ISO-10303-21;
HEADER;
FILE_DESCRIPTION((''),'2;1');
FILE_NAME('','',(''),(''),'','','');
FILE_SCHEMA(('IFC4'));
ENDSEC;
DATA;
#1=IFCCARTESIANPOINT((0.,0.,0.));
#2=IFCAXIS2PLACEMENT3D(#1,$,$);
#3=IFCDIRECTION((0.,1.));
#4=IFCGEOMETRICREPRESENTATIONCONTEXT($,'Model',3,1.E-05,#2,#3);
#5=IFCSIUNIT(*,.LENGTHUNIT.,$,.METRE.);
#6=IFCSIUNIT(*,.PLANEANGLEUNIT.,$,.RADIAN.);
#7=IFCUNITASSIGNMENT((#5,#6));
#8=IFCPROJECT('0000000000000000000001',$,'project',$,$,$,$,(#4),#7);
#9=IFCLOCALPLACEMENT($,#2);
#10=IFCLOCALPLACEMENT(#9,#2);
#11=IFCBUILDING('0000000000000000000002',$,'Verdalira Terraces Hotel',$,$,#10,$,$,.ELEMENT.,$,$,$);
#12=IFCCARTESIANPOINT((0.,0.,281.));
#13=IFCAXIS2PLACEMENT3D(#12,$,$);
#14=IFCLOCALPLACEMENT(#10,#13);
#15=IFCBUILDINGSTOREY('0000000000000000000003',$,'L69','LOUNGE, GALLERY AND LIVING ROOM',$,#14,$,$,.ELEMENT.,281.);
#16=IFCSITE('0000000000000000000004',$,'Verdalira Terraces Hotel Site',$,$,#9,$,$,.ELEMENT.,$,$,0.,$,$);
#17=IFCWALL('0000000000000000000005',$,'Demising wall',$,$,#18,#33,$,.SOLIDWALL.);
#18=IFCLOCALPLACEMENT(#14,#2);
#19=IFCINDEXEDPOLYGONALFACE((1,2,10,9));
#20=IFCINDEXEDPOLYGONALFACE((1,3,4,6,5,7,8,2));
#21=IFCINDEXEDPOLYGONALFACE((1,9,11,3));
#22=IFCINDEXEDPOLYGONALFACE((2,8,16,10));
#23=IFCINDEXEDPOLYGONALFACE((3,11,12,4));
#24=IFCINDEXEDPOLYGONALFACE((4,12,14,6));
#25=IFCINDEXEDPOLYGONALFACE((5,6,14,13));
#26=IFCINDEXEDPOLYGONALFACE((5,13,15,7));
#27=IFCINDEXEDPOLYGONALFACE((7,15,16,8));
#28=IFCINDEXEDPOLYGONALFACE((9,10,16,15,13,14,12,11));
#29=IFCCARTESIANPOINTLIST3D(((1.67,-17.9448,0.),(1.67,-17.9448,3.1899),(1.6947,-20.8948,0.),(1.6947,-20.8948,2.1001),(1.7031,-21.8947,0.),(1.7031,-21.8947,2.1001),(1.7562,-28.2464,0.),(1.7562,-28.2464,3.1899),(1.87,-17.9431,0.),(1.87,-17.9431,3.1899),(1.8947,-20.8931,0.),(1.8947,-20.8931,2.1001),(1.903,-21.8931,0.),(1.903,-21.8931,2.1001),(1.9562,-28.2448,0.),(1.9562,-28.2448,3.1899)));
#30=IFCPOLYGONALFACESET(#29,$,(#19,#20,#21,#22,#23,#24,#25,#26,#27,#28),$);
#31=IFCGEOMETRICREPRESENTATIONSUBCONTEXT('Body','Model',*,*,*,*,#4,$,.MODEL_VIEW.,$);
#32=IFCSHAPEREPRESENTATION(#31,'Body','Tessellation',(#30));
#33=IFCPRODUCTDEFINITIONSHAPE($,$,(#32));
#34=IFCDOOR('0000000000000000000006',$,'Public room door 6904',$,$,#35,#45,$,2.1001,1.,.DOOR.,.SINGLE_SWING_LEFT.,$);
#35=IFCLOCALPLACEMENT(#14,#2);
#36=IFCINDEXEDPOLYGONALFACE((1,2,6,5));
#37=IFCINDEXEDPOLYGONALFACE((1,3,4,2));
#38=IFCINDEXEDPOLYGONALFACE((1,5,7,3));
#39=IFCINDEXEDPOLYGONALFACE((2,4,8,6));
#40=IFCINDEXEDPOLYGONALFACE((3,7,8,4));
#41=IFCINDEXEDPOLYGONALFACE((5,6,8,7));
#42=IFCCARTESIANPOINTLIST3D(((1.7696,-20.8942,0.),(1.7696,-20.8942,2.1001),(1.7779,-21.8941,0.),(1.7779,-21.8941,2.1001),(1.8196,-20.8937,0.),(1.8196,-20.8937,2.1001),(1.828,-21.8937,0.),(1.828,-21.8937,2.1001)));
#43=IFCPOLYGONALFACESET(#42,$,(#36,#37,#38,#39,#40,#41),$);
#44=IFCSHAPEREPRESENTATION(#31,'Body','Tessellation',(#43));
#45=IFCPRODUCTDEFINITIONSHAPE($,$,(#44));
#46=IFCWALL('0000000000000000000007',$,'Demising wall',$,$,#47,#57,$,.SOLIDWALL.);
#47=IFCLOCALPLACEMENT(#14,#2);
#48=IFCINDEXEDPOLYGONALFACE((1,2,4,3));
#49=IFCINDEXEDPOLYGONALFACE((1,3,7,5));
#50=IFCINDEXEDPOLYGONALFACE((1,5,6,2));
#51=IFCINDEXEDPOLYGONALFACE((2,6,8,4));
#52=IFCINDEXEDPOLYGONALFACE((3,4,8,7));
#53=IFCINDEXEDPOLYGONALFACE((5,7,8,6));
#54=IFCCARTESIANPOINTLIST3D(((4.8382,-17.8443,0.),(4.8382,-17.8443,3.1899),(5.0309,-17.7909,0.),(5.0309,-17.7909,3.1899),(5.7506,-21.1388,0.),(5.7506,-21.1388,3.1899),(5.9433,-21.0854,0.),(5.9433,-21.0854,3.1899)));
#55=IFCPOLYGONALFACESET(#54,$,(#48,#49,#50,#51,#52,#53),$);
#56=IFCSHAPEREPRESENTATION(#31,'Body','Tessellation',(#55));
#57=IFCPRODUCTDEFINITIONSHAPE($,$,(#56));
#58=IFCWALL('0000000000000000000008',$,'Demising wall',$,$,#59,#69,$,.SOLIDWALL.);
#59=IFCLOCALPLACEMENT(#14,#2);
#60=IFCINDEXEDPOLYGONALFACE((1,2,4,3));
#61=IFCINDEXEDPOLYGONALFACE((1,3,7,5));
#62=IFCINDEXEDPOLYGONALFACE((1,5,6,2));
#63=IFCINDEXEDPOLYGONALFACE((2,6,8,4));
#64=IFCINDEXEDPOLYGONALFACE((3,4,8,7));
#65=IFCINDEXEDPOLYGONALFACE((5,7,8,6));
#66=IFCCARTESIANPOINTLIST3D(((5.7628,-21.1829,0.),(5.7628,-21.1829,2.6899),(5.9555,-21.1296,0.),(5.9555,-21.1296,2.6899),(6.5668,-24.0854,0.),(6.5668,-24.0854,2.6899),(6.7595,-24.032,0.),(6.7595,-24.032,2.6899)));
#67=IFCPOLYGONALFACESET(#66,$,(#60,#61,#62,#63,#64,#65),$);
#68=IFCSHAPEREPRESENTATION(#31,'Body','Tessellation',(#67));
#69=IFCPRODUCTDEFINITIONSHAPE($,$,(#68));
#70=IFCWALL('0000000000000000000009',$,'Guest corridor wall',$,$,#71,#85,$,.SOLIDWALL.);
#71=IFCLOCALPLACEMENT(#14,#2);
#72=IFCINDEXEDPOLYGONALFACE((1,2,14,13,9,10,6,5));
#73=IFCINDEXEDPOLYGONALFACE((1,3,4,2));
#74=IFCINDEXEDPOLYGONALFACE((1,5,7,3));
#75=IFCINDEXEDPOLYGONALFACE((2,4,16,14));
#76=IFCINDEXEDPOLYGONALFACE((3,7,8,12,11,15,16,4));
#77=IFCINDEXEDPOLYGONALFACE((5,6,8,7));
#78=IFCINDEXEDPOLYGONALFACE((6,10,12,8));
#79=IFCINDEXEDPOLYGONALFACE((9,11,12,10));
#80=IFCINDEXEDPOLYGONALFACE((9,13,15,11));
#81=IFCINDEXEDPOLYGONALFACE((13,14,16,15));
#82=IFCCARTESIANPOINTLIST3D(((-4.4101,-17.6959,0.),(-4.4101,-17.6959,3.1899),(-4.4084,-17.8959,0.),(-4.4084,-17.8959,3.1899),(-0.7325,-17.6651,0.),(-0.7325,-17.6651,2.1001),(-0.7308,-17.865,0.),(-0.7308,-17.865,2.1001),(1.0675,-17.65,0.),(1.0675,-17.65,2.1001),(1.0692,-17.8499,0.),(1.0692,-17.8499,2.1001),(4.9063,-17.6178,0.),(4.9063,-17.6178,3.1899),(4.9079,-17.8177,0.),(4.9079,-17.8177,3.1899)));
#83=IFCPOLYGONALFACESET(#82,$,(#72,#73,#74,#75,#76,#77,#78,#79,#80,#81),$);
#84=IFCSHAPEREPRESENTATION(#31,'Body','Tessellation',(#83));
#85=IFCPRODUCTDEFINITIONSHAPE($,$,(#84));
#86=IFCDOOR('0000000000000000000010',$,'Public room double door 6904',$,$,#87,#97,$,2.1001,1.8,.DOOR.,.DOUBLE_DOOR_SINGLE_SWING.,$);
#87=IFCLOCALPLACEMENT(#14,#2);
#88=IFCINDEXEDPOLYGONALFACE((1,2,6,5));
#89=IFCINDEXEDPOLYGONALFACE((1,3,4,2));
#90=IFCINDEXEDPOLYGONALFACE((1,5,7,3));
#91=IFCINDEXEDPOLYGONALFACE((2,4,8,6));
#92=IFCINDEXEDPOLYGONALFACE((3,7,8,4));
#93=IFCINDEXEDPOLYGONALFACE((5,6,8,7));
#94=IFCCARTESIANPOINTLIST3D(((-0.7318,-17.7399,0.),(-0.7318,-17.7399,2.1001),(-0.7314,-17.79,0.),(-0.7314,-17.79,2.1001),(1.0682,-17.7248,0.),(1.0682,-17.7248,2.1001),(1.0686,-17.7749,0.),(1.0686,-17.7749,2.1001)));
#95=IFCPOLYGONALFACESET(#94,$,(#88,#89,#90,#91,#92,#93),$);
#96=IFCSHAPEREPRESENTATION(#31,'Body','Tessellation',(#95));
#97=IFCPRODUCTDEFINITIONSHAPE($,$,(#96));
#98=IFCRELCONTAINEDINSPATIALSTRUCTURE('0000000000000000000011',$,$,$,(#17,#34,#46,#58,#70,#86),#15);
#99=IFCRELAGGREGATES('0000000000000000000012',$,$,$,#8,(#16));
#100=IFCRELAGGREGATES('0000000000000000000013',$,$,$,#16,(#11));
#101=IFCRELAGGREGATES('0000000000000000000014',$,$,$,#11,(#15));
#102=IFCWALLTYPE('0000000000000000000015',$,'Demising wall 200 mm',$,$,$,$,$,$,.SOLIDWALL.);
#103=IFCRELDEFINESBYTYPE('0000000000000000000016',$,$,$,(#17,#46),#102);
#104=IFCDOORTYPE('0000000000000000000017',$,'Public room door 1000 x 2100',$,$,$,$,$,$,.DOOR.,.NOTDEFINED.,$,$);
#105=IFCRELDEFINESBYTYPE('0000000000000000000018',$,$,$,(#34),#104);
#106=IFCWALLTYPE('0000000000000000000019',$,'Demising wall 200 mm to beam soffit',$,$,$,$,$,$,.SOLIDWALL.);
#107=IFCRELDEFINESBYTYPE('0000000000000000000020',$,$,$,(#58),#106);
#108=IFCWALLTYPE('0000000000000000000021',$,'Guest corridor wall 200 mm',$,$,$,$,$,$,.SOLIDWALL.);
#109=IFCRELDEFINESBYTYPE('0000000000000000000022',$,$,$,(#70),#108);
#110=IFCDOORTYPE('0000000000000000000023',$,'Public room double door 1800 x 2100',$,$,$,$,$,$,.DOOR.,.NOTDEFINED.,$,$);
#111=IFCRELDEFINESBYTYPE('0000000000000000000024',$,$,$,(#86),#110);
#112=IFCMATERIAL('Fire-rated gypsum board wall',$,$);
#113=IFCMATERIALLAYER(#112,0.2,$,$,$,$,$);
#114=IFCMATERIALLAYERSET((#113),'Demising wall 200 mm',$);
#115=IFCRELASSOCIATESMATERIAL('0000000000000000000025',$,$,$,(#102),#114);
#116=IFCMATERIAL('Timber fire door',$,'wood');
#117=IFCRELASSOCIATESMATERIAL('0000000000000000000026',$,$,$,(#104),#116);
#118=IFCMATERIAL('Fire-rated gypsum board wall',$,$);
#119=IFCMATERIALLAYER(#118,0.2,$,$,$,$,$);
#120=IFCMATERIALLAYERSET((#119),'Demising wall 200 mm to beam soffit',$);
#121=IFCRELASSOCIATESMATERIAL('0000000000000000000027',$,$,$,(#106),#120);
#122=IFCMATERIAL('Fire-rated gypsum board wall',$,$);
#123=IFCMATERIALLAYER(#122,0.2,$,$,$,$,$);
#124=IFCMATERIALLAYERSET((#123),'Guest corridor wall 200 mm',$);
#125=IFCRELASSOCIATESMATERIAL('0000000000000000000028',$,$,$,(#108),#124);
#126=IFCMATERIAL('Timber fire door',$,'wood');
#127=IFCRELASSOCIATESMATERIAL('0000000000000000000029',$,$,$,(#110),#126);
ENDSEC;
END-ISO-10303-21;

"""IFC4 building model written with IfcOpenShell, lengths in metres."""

from ifc_helpers import new_model, si_unit, direction, frame, frame_2d, origin, place, context, subcontext, project, spatial, rectangle, extrude, material, layer, layer_set, type_object, element, fill, save


model = new_model("IFC4")

# Units and contexts
model_context = context("Model", 3, precision=1e-05, world=origin(), true_north=direction((0.0, 1.0)))
body_context = subcontext(model_context, "Body", "Model", "MODEL_VIEW")
ifc_project = project(units=[si_unit("LENGTHUNIT", "METRE"), si_unit("PLANEANGLEUNIT", "RADIAN")], contexts=[model_context])

# Site, building, storey
site_placement = place(None, origin())
site = spatial("IfcSite", under=ifc_project, at=site_placement, Name="Verdalira Terraces Hotel Site", CompositionType="ELEMENT", RefElevation=0.0)
building_placement = place(site_placement, origin())
building = spatial("IfcBuilding", under=site, at=building_placement, Name="Verdalira Terraces Hotel", CompositionType="ELEMENT")
storey_placement = place(building_placement, frame((0.0, 0.0, 281.0)))
storey = spatial("IfcBuildingStorey", under=building, at=storey_placement, Name="L69", Description="LOUNGE, GALLERY AND LIVING ROOM", CompositionType="ELEMENT", Elevation=281.0)

# Wall, opening, door
ifc_material_1 = material(Name="Fire-rated gypsum board wall")
ifc_layer_1 = layer(ifc_material_1, 0.2)
ifc_layer_set_1 = layer_set([ifc_layer_1], Name="Demising wall 200 mm")
wall_type_1 = type_object("IfcWallType", Name="Demising wall 200 mm", PredefinedType="SOLIDWALL", material=ifc_layer_set_1)
wall_1_placement = place(storey_placement, frame((1.77, -17.9441, 0.0), z_axis=(0.0, 0.0, 1.0), x_axis=(0.008365, -0.999965, 0.0)))
wall_1 = element("IfcWall", 1, at=wall_1_placement, inside=storey, type_object=wall_type_1, Name="Demising wall", PredefinedType="SOLIDWALL", context=body_context, shape_type="SweptSolid", body=[
    extrude(rectangle(XDim=10.302, YDim=0.2, at=frame_2d((5.1509, 0.0))), origin(), (0.0, 0.0, 1.0), 3.1899),
])
opening_1_placement = place(wall_1_placement, frame((2.95, 0.0, 0.0)))
opening_1 = element("IfcOpeningElement", 2, at=opening_1_placement, cuts=wall_1, PredefinedType="OPENING", context=body_context, shape_type="SweptSolid", body=[
    extrude(rectangle(XDim=1.0, YDim=2.1001, at=frame_2d((0.5, 1.05))), frame((0.0, 0.1099, 0.0), z_axis=(0.0, -1.0, 0.0), x_axis=(1.0, 0.0, 0.0)), (0.0, 0.0, 1.0), 0.22),
])
ifc_material_2 = material(Name="Timber fire door", Category="wood")
door_type_1 = type_object("IfcDoorType", Name="Public room door 1000 x 2100", OperationType="NOTDEFINED", PredefinedType="DOOR", material=ifc_material_2)
door_1_placement = place(opening_1_placement, origin())
door_1 = element("IfcDoor", 3, at=door_1_placement, inside=storey, type_object=door_type_1, Name="Public room door 6904", OperationType="SINGLE_SWING_LEFT", OverallHeight=2.1001, OverallWidth=1.0, PredefinedType="DOOR", context=body_context, shape_type="SweptSolid", body=[
    extrude(rectangle(XDim=1.0, YDim=2.1001, at=frame_2d((0.5, 1.05))), frame((0.0, 0.0249, 0.0), z_axis=(0.0, -1.0, 0.0), x_axis=(1.0, 0.0, 0.0)), (0.0, 0.0, 1.0), 0.05),
])
fill(opening_1, door_1)

# Walls
wall_2_placement = place(storey_placement, frame((4.9346, -17.8176, 0.0), z_axis=(0.0, 0.0, 1.0), x_axis=(0.266892, -0.963726, 0.0)))
element("IfcWall", 4, at=wall_2_placement, inside=storey, type_object=wall_type_1, Name="Demising wall", PredefinedType="SOLIDWALL", context=body_context, shape_type="SweptSolid", body=[
    extrude(rectangle(XDim=3.4185, YDim=0.2, at=frame_2d((1.7092, 0.0))), origin(), (0.0, 0.0, 1.0), 3.1899),
])
ifc_material_3 = material(Name="Fire-rated gypsum board wall")
ifc_layer_2 = layer(ifc_material_3, 0.2)
ifc_layer_set_2 = layer_set([ifc_layer_2], Name="Demising wall 200 mm to beam soffit")
wall_type_2 = type_object("IfcWallType", Name="Demising wall 200 mm to beam soffit", PredefinedType="SOLIDWALL", material=ifc_layer_set_2)
wall_3_placement = place(storey_placement, frame((5.8591, -21.1562, 0.0), z_axis=(0.0, 0.0, 1.0), x_axis=(0.26695, -0.96371, 0.0)))
element("IfcWall", 5, at=wall_3_placement, inside=storey, type_object=wall_type_2, Name="Demising wall", PredefinedType="SOLIDWALL", context=body_context, shape_type="SweptSolid", body=[
    extrude(rectangle(XDim=3.0117, YDim=0.2, at=frame_2d((1.5059, 0.0))), origin(), (0.0, 0.0, 1.0), 2.6899),
])

# Wall, opening, door
ifc_material_4 = material(Name="Fire-rated gypsum board wall")
ifc_layer_3 = layer(ifc_material_4, 0.2)
ifc_layer_set_3 = layer_set([ifc_layer_3], Name="Guest corridor wall 200 mm")
wall_type_3 = type_object("IfcWallType", Name="Guest corridor wall 200 mm", PredefinedType="SOLIDWALL", material=ifc_layer_set_3)
wall_4_placement = place(storey_placement, frame((4.907, -17.7178, 0.0), z_axis=(0.0, 0.0, 1.0), x_axis=(-0.999965, -0.008385, 0.0)))
wall_4 = element("IfcWall", 6, at=wall_4_placement, inside=storey, type_object=wall_type_3, Name="Guest corridor wall", PredefinedType="SOLIDWALL", context=body_context, shape_type="SweptSolid", body=[
    extrude(rectangle(XDim=9.3166, YDim=0.2, at=frame_2d((4.6582, 0.0))), origin(), (0.0, 0.0, 1.0), 3.1899),
])
opening_2_placement = place(wall_4_placement, frame((3.8389, 0.0, 0.0)))
opening_2 = element("IfcOpeningElement", 7, at=opening_2_placement, cuts=wall_4, PredefinedType="OPENING", context=body_context, shape_type="SweptSolid", body=[
    extrude(rectangle(XDim=1.8, YDim=2.1001, at=frame_2d((0.8999, 1.05))), frame((0.0, 0.1099, 0.0), z_axis=(0.0, -1.0, 0.0), x_axis=(1.0, 0.0, 0.0)), (0.0, 0.0, 1.0), 0.22),
])
ifc_material_5 = material(Name="Timber fire door", Category="wood")
door_type_2 = type_object("IfcDoorType", Name="Public room double door 1800 x 2100", OperationType="NOTDEFINED", PredefinedType="DOOR", material=ifc_material_5)
door_2_placement = place(opening_2_placement, origin())
door_2 = element("IfcDoor", 8, at=door_2_placement, inside=storey, type_object=door_type_2, Name="Public room double door 6904", OperationType="DOUBLE_DOOR_SINGLE_SWING", OverallHeight=2.1001, OverallWidth=1.8, PredefinedType="DOOR", context=body_context, shape_type="SweptSolid", body=[
    extrude(rectangle(XDim=1.8, YDim=2.1001, at=frame_2d((0.8999, 1.05))), frame((0.0, 0.0249, 0.0), z_axis=(0.0, -1.0, 0.0), x_axis=(1.0, 0.0, 0.0)), (0.0, 0.0, 1.0), 0.05),
])
fill(opening_2, door_2)

save(model, "model.ifc")
